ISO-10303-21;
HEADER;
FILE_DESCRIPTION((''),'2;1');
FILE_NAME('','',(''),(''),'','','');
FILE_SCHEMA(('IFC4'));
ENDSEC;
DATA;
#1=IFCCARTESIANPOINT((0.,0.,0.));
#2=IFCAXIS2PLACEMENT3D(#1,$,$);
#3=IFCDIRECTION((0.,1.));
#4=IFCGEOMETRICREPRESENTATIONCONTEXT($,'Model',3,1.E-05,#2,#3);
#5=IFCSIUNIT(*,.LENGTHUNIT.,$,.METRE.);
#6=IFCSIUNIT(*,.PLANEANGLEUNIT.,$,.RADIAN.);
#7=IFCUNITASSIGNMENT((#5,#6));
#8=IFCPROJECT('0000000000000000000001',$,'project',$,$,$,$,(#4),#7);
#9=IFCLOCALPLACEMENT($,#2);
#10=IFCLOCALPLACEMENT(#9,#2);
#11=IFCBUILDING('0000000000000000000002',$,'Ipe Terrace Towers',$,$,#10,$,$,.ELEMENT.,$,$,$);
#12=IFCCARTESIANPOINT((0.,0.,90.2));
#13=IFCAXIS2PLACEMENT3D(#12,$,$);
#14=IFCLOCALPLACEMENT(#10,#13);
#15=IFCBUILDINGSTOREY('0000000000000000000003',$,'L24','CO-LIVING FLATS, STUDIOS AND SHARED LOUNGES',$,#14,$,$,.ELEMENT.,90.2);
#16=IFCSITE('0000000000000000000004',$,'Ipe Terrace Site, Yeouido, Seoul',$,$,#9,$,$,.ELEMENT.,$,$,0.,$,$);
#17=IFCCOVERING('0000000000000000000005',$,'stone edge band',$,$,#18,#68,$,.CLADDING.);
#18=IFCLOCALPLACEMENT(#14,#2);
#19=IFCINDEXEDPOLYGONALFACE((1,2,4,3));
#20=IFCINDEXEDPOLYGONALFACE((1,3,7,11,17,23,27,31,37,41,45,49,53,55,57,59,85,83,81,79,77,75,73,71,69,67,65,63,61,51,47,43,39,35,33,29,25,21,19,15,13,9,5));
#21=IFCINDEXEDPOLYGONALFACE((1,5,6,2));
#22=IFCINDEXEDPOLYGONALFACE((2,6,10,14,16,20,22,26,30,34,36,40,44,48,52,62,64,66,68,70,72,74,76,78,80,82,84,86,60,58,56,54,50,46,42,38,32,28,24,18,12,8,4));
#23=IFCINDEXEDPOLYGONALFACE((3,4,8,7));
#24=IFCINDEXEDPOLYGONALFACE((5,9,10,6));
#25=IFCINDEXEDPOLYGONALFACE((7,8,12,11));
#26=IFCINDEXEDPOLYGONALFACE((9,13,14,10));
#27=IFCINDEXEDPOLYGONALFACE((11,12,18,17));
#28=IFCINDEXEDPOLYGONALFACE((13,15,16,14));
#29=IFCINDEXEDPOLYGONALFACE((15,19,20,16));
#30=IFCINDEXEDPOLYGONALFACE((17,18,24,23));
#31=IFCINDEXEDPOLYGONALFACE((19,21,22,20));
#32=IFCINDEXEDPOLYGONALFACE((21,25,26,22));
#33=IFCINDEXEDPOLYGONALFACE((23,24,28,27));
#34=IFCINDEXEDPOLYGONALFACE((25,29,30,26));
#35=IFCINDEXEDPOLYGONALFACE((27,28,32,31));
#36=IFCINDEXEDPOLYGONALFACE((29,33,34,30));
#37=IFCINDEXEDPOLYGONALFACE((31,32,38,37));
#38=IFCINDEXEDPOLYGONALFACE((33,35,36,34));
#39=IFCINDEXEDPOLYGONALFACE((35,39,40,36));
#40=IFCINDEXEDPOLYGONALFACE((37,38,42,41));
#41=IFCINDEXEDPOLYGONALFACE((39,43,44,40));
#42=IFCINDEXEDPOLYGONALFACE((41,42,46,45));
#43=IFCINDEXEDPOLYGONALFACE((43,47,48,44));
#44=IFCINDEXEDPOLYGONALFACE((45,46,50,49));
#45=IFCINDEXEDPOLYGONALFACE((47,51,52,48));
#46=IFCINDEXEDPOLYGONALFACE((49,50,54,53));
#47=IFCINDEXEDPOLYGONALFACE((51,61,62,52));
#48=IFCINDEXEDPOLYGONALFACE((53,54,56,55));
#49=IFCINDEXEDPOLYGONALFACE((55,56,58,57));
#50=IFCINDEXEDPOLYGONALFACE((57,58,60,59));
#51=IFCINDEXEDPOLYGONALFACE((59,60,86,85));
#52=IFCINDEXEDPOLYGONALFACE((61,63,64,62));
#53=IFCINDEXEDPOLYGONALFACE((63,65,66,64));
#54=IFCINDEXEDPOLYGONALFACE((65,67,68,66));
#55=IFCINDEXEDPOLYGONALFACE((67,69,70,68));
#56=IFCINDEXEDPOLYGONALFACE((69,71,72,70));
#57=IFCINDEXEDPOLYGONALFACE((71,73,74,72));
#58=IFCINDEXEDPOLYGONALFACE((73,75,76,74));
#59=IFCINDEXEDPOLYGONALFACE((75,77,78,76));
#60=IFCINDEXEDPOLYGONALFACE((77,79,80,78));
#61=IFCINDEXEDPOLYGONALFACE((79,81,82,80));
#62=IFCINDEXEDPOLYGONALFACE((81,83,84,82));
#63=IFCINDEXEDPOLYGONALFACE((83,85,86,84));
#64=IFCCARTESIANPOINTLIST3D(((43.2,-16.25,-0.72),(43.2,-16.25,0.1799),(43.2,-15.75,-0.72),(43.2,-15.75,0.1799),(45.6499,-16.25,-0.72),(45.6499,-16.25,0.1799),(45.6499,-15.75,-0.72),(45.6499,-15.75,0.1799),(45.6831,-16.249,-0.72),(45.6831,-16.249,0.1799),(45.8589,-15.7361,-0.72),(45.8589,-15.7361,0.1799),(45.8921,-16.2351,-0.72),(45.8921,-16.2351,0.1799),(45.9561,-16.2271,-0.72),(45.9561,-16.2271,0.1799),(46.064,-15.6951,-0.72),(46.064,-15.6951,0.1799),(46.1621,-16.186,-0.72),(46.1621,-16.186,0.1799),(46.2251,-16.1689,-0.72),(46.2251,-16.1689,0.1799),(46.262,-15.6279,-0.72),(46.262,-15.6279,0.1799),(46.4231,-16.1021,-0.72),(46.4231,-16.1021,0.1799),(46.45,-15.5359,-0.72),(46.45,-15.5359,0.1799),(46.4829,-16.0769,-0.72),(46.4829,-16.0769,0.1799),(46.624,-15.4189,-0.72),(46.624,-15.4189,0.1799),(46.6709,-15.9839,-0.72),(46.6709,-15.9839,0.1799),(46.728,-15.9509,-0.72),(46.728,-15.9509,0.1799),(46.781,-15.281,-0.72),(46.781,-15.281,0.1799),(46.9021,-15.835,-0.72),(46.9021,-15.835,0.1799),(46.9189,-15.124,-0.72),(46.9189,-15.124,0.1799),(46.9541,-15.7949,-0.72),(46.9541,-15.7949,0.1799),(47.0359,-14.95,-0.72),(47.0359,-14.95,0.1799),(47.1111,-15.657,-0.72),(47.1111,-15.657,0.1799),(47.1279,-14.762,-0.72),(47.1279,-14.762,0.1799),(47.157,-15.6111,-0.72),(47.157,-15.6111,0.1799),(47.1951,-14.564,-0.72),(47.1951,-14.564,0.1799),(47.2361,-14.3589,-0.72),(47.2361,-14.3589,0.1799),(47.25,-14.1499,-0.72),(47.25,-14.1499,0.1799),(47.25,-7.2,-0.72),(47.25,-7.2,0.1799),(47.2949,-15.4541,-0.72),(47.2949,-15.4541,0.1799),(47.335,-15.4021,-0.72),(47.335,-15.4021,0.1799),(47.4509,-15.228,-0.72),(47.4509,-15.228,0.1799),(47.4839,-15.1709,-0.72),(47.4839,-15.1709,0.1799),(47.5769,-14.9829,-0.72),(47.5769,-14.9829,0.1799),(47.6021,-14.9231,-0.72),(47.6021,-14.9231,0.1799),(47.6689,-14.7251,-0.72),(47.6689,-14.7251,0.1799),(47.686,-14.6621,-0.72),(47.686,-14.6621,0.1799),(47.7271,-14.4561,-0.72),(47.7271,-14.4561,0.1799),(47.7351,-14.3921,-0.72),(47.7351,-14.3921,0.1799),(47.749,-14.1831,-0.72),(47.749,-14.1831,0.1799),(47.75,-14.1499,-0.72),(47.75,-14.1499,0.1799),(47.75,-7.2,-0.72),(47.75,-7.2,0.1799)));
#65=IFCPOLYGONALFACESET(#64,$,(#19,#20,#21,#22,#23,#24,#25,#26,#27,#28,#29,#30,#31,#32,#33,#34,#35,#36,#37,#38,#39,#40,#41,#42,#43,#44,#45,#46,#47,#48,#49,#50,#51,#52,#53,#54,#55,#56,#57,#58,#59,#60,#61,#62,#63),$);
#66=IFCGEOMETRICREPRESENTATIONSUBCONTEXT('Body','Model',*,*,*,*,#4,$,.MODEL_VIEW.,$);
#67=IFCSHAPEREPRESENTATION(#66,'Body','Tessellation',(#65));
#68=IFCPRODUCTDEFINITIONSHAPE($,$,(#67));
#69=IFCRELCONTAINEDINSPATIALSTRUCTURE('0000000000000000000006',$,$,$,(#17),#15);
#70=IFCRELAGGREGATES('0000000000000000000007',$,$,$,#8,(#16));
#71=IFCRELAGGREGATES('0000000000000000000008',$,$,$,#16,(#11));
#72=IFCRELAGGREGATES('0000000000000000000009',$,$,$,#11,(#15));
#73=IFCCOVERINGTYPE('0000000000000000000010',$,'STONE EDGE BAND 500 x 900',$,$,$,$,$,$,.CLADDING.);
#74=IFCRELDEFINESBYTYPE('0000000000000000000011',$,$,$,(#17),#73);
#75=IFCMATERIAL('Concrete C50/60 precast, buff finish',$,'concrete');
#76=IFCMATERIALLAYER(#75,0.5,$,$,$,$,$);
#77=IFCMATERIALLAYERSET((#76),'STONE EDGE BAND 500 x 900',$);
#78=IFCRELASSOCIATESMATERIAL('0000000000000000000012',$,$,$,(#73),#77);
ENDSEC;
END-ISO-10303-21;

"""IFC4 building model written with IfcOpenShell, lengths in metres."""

from ifc_helpers import new_model, si_unit, direction, frame, origin, place, context, subcontext, project, spatial, polyline, outline, extrude, material, layer, layer_set, type_object, element, save


model = new_model("IFC4")

# Units and contexts
model_context = context("Model", 3, precision=1e-05, world=origin(), true_north=direction((0.0, 1.0)))
body_context = subcontext(model_context, "Body", "Model", "MODEL_VIEW")
ifc_project = project(units=[si_unit("LENGTHUNIT", "METRE"), si_unit("PLANEANGLEUNIT", "RADIAN")], contexts=[model_context])

# Site, building, storey
site_placement = place(None, origin())
site = spatial("IfcSite", under=ifc_project, at=site_placement, Name="Ipe Terrace Site, Yeouido, Seoul", CompositionType="ELEMENT", RefElevation=0.0)
building_placement = place(site_placement, origin())
building = spatial("IfcBuilding", under=site, at=building_placement, Name="Ipe Terrace Towers", CompositionType="ELEMENT")
storey_placement = place(building_placement, frame((0.0, 0.0, 90.2)))
storey = spatial("IfcBuildingStorey", under=building, at=storey_placement, Name="L24", Description="CO-LIVING FLATS, STUDIOS AND SHARED LOUNGES", CompositionType="ELEMENT", Elevation=90.2)

# Covering
ifc_material_1 = material(Name="Concrete C50/60 precast, buff finish", Category="concrete")
ifc_layer_1 = layer(ifc_material_1, 0.5)
ifc_layer_set_1 = layer_set([ifc_layer_1], Name="STONE EDGE BAND 500 x 900")
covering_type = type_object("IfcCoveringType", Name="STONE EDGE BAND 500 x 900", PredefinedType="CLADDING", material=ifc_layer_set_1)
covering_placement = place(storey_placement, frame((0.0, 0.0, -0.72)))
element("IfcCovering", 1, at=covering_placement, inside=storey, type_object=covering_type, Name="stone edge band", PredefinedType="CLADDING", context=body_context, shape_type="SweptSolid", body=[
    extrude(outline(polyline([(47.75, -14.1499), (47.75, -7.2), (47.25, -7.2), (47.25, -14.1499), (47.2361, -14.3589), (47.1951, -14.564), (47.1279, -14.762), (47.0359, -14.95), (46.9189, -15.124), (46.781, -15.281), (46.624, -15.4189), (46.45, -15.5359), (46.262, -15.6279), (46.064, -15.6951), (45.8589, -15.7361), (45.6499, -15.75), (43.2, -15.75), (43.2, -16.25), (45.6499, -16.25), (45.6831, -16.249), (45.8921, -16.2351), (45.9561, -16.2271), (46.1621, -16.186), (46.2251, -16.1689), (46.4231, -16.1021), (46.4829, -16.0769), (46.6709, -15.9839), (46.728, -15.9509), (46.9021, -15.835), (46.9541, -15.7949), (47.1111, -15.657), (47.157, -15.6111), (47.2949, -15.4541), (47.335, -15.4021), (47.4509, -15.228), (47.4839, -15.1709), (47.5769, -14.9829), (47.6021, -14.9231), (47.6689, -14.7251), (47.686, -14.6621), (47.7271, -14.4561), (47.7351, -14.3921), (47.749, -14.1831), (47.75, -14.1499)])), origin(), (0.0, 0.0, 1.0), 0.8999),
])

save(model, "model.ifc")
